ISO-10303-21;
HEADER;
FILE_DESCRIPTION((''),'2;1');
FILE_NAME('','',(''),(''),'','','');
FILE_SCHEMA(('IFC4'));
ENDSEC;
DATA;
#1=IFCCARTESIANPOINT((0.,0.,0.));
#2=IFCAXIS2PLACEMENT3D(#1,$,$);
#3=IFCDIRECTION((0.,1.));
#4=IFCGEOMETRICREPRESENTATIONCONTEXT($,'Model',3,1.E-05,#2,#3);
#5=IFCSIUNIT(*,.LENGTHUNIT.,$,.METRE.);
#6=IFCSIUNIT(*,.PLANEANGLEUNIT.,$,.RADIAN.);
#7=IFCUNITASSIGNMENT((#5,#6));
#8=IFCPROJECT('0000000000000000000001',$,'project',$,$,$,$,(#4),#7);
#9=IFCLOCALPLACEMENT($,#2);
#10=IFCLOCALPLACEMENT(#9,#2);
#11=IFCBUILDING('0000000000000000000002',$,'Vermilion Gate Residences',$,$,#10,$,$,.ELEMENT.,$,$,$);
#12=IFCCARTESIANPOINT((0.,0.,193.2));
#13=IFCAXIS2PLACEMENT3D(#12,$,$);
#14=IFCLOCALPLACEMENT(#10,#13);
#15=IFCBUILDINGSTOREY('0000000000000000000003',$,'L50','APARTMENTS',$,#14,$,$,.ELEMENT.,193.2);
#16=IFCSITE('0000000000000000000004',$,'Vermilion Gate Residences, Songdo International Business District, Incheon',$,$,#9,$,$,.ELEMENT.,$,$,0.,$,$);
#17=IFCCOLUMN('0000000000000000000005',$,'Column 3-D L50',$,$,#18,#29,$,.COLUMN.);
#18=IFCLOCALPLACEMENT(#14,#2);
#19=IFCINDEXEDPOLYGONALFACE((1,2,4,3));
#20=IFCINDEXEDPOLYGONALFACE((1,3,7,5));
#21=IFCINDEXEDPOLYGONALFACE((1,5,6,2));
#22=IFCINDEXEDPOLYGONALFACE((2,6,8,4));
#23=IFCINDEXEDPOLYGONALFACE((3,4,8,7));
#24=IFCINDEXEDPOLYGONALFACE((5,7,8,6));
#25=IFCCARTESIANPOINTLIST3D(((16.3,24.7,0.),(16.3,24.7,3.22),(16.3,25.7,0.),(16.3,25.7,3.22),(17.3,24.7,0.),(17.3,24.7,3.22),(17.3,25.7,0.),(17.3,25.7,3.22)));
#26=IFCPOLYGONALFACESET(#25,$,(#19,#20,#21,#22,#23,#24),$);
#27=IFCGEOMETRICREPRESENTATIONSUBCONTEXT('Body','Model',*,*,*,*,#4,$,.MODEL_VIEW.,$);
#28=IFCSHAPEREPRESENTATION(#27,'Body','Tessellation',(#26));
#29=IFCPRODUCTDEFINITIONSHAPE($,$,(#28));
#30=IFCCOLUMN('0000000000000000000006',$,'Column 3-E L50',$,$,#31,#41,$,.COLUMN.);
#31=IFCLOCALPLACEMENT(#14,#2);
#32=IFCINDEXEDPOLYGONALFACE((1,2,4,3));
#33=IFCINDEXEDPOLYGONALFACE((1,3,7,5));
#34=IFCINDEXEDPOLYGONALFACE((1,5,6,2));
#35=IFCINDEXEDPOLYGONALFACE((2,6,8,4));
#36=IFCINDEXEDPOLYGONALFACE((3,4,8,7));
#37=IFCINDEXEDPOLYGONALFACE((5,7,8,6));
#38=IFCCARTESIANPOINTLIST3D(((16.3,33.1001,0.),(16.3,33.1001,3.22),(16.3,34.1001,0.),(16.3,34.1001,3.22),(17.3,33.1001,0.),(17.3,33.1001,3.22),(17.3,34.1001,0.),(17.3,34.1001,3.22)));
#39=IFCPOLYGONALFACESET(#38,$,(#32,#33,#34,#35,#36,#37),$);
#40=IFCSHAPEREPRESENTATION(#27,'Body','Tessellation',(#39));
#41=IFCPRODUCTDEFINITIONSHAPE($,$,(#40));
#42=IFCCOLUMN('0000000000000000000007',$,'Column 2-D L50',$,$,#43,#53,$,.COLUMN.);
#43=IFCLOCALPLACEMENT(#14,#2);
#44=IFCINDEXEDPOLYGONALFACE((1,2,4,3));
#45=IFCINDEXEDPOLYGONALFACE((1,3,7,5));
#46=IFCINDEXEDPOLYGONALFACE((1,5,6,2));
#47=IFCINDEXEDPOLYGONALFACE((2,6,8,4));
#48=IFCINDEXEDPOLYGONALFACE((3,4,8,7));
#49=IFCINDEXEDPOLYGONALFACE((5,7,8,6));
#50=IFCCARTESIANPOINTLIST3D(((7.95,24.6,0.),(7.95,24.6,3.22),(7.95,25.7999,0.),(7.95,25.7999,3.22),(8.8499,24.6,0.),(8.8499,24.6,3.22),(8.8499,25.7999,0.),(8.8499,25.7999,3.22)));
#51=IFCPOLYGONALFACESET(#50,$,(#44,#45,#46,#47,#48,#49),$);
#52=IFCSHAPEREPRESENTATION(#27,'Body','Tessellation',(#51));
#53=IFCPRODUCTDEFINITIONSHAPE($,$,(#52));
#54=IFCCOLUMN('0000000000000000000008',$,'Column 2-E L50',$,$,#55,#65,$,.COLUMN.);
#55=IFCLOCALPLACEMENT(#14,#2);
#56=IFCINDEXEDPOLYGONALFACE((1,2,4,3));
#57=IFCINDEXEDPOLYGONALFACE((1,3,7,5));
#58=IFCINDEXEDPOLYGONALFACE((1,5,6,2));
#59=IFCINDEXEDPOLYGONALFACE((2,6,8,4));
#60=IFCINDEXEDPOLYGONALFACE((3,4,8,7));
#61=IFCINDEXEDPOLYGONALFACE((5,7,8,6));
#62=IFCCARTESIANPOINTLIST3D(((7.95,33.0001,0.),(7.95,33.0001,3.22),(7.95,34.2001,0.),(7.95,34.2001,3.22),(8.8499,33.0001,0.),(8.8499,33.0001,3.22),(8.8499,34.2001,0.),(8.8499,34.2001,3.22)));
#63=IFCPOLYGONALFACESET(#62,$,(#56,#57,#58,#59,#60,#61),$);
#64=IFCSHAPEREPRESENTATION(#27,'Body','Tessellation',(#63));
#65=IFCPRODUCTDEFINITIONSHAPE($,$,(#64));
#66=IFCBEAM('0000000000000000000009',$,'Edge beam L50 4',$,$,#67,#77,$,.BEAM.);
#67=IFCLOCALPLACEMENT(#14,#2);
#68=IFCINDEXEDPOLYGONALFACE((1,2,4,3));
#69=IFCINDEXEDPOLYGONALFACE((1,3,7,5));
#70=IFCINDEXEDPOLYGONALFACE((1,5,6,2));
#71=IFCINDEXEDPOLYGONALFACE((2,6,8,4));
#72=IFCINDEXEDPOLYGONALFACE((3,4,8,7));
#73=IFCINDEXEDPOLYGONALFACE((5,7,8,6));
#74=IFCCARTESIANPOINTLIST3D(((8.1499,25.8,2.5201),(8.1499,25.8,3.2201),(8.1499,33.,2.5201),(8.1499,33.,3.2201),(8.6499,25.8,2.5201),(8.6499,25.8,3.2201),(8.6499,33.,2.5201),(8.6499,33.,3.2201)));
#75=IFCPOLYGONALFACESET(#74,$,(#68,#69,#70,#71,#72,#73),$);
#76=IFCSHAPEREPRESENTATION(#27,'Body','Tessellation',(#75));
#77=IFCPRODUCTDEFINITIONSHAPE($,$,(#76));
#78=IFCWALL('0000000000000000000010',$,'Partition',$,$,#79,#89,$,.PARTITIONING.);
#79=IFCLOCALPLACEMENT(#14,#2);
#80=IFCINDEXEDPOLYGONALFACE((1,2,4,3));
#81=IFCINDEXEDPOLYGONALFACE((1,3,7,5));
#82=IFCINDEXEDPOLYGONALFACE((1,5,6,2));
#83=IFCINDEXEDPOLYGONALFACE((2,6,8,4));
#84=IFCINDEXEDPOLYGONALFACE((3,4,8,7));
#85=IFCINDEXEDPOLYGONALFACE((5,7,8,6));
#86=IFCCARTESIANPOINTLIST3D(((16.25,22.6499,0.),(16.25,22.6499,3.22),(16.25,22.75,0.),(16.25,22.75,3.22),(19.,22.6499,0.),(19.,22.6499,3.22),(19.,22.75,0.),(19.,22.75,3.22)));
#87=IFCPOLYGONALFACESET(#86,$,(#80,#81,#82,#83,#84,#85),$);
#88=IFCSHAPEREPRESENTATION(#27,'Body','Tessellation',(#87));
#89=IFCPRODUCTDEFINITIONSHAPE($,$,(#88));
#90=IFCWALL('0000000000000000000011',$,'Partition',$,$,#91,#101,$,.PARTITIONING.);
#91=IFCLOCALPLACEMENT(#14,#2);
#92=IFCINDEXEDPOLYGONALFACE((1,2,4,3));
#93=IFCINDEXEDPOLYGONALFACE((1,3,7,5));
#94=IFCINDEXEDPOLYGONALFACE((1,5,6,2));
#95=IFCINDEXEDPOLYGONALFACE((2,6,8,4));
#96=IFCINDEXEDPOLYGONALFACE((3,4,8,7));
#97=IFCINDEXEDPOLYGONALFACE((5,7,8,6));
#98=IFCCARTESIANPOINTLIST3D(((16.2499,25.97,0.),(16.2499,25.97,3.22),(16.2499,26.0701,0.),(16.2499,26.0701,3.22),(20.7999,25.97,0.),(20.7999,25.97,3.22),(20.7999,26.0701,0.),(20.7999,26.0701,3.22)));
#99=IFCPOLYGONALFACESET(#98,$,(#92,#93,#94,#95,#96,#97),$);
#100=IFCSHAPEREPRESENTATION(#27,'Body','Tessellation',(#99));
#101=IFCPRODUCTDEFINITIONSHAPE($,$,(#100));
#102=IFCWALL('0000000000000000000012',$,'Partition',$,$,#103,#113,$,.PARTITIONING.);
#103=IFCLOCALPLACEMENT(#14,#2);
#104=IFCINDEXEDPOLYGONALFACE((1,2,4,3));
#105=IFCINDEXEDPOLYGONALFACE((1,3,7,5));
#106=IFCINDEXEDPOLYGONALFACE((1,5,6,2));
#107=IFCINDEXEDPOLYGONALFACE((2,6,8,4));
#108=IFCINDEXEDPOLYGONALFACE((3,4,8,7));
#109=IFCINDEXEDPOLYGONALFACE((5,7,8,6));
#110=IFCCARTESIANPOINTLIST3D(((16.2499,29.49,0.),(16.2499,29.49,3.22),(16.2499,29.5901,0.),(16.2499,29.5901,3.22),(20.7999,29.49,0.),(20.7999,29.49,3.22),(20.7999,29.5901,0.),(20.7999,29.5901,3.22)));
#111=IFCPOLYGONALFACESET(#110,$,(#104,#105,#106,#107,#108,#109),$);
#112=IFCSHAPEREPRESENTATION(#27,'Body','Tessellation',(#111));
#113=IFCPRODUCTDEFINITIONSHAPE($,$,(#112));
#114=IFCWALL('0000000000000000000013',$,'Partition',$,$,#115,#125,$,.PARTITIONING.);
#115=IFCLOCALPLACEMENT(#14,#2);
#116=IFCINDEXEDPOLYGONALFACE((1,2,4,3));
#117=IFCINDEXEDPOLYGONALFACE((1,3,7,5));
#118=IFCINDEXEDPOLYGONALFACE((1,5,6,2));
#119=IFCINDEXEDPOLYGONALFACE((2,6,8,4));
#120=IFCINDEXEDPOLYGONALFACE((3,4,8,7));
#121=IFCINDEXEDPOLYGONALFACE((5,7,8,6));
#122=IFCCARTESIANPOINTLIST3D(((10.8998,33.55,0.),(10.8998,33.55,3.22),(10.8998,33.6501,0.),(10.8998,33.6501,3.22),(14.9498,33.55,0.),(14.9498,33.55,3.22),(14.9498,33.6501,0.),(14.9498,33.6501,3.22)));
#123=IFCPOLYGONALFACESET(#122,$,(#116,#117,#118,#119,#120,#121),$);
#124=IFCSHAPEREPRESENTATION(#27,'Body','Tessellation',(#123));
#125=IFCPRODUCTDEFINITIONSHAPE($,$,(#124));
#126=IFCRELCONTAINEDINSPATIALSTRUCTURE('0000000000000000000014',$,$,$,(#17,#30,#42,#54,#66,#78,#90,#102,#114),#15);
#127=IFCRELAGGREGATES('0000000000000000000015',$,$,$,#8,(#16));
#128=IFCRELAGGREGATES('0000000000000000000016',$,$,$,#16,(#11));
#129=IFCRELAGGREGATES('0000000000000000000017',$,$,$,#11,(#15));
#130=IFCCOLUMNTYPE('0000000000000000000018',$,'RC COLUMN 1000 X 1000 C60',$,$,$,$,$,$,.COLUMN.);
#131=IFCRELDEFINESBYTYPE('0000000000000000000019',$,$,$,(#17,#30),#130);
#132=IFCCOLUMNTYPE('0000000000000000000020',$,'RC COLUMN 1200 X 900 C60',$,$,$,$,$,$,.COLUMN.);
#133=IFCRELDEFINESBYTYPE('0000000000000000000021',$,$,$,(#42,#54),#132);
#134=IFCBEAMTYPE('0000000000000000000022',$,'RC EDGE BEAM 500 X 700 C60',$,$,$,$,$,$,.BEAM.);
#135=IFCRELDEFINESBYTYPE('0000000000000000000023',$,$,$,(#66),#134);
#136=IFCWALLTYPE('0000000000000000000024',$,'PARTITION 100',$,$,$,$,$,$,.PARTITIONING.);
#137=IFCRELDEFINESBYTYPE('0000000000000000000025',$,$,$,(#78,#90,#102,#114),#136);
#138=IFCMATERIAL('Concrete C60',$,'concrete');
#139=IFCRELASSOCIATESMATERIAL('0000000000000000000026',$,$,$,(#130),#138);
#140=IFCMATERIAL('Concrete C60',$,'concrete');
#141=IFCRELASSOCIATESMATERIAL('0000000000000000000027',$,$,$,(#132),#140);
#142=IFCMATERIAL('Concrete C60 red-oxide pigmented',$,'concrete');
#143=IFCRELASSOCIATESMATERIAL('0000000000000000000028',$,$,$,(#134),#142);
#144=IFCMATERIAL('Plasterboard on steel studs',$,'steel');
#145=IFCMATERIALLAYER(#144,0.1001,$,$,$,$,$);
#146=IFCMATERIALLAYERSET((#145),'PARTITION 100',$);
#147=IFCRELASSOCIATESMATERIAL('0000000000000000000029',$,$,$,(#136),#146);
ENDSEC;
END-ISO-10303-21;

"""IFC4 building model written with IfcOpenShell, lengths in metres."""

from ifc_helpers import new_model, si_unit, direction, frame, frame_2d, origin, origin_2d, place, context, subcontext, project, spatial, rectangle, extrude, material, layer, layer_set, material_profile, profile_set, type_object, element, save


model = new_model("IFC4")

# Units and contexts
model_context = context("Model", 3, precision=1e-05, world=origin(), true_north=direction((0.0, 1.0)))
body_context = subcontext(model_context, "Body", "Model", "MODEL_VIEW")
ifc_project = project(units=[si_unit("LENGTHUNIT", "METRE"), si_unit("PLANEANGLEUNIT", "RADIAN")], contexts=[model_context])

# Site, building, storey
site_placement = place(None, origin())
site = spatial("IfcSite", under=ifc_project, at=site_placement, Name="Vermilion Gate Residences, Songdo International Business District, Incheon", CompositionType="ELEMENT", RefElevation=0.0)
building_placement = place(site_placement, origin())
building = spatial("IfcBuilding", under=site, at=building_placement, Name="Vermilion Gate Residences", CompositionType="ELEMENT")
storey_placement = place(building_placement, frame((0.0, 0.0, 193.2)))
storey = spatial("IfcBuildingStorey", under=building, at=storey_placement, Name="L50", Description="APARTMENTS", CompositionType="ELEMENT", Elevation=193.2)

# Columns
ifc_material_1 = material(Name="Concrete C60", Category="concrete")
ifc_material_profile_1 = material_profile(ifc_material_1, rectangle(XDim=1.0, YDim=1.0, at=origin_2d()), Name="RC-1000x1000")
ifc_profile_set_1 = profile_set([ifc_material_profile_1], Name="Concrete C60")
column_type_1 = type_object("IfcColumnType", Name="RC COLUMN 1000 X 1000 C60", PredefinedType="COLUMN", material=ifc_profile_set_1)
for number, where, z_axis, x_axis, name in (
    (1, (16.8, 25.2, 0.0), (0.0, 0.0, 1.0), (1.0, 0.0, 0.0), "Column 3-D L50"),
    (2, (16.8, 33.6001, 0.0), (0.0, 0.0, 1.0), (1.0, 0.0, 0.0), "Column 3-E L50"),
):
    element("IfcColumn", number, at=place(storey_placement, frame(where, z_axis=z_axis, x_axis=x_axis)), inside=storey, type_object=column_type_1, Name=name, PredefinedType="COLUMN", context=body_context, shape_type="SweptSolid", body=[
        extrude(rectangle(XDim=1.0, YDim=1.0, at=origin_2d()), origin(), (0.0, 0.0, 1.0), 3.22),
    ])
ifc_material_2 = material(Name="Concrete C60", Category="concrete")
ifc_material_profile_2 = material_profile(ifc_material_2, rectangle(XDim=1.2, YDim=0.8999, at=origin_2d()), Name="RC-1200x900")
ifc_profile_set_2 = profile_set([ifc_material_profile_2], Name="Concrete C60")
column_type_2 = type_object("IfcColumnType", Name="RC COLUMN 1200 X 900 C60", PredefinedType="COLUMN", material=ifc_profile_set_2)
for number, where, z_axis, x_axis, name in (
    (3, (8.3999, 25.2, 0.0), (0.0, 0.0, 1.0), (0.0, 1.0, 0.0), "Column 2-D L50"),
    (4, (8.3999, 33.6001, 0.0), (0.0, 0.0, 1.0), (0.0, 1.0, 0.0), "Column 2-E L50"),
):
    element("IfcColumn", number, at=place(storey_placement, frame(where, z_axis=z_axis, x_axis=x_axis)), inside=storey, type_object=column_type_2, Name=name, PredefinedType="COLUMN", context=body_context, shape_type="SweptSolid", body=[
        extrude(rectangle(XDim=1.2, YDim=0.8999, at=origin_2d()), origin(), (0.0, 0.0, 1.0), 3.22),
    ])

# Beam
ifc_material_3 = material(Name="Concrete C60 red-oxide pigmented", Category="concrete")
ifc_material_profile_3 = material_profile(ifc_material_3, rectangle(XDim=0.5, YDim=0.7, at=origin_2d()), Name="RC-500x700")
ifc_profile_set_3 = profile_set([ifc_material_profile_3], Name="Concrete C60 red-oxide pigmented")
beam_type = type_object("IfcBeamType", Name="RC EDGE BEAM 500 X 700 C60", PredefinedType="BEAM", material=ifc_profile_set_3)
beam_placement = place(storey_placement, frame((8.3999, 25.8, 2.8701), z_axis=(0.0, 1.0, 0.0), x_axis=(-1.0, 0.0, 0.0)))
element("IfcBeam", 5, at=beam_placement, inside=storey, type_object=beam_type, Name="Edge beam L50 4", PredefinedType="BEAM", context=body_context, shape_type="SweptSolid", body=[
    extrude(rectangle(XDim=0.5, YDim=0.7, at=origin_2d()), origin(), (0.0, 0.0, 1.0), 7.2),
])

# Walls
ifc_material_4 = material(Name="Plasterboard on steel studs", Category="steel")
ifc_layer_1 = layer(ifc_material_4, 0.1001)
ifc_layer_set_1 = layer_set([ifc_layer_1], Name="PARTITION 100")
wall_type_1 = type_object("IfcWallType", Name="PARTITION 100", PredefinedType="PARTITIONING", material=ifc_layer_set_1)
wall_1_placement = place(storey_placement, frame((16.25, 22.7, 0.0), z_axis=(0.0, 0.0, 1.0), x_axis=(1.0, 0.0, 0.0)))
element("IfcWall", 6, at=wall_1_placement, inside=storey, type_object=wall_type_1, Name="Partition", PredefinedType="PARTITIONING", context=body_context, shape_type="SweptSolid", body=[
    extrude(rectangle(XDim=2.75, YDim=0.1001, at=frame_2d((1.375, 0.0))), origin(), (0.0, 0.0, 1.0), 3.22),
])
for number, where, z_axis, x_axis, name in (
    (7, (16.25, 26.02, 0.0), (0.0, 0.0, 1.0), (1.0, 0.0, 0.0), "Partition"),
    (8, (16.25, 29.54, 0.0), (0.0, 0.0, 1.0), (1.0, 0.0, 0.0), "Partition"),
):
    element("IfcWall", number, at=place(storey_placement, frame(where, z_axis=z_axis, x_axis=x_axis)), inside=storey, type_object=wall_type_1, Name=name, PredefinedType="PARTITIONING", context=body_context, shape_type="SweptSolid", body=[
        extrude(rectangle(XDim=4.55, YDim=0.1001, at=frame_2d((2.2749, 0.0))), origin(), (0.0, 0.0, 1.0), 3.22),
    ])
wall_2_placement = place(storey_placement, frame((10.8999, 33.6001, 0.0), z_axis=(0.0, 0.0, 1.0), x_axis=(1.0, 0.0, 0.0)))
element("IfcWall", 9, at=wall_2_placement, inside=storey, type_object=wall_type_1, Name="Partition", PredefinedType="PARTITIONING", context=body_context, shape_type="SweptSolid", body=[
    extrude(rectangle(XDim=4.05, YDim=0.1001, at=frame_2d((2.0249, 0.0))), origin(), (0.0, 0.0, 1.0), 3.22),
])

save(model, "model.ifc")
